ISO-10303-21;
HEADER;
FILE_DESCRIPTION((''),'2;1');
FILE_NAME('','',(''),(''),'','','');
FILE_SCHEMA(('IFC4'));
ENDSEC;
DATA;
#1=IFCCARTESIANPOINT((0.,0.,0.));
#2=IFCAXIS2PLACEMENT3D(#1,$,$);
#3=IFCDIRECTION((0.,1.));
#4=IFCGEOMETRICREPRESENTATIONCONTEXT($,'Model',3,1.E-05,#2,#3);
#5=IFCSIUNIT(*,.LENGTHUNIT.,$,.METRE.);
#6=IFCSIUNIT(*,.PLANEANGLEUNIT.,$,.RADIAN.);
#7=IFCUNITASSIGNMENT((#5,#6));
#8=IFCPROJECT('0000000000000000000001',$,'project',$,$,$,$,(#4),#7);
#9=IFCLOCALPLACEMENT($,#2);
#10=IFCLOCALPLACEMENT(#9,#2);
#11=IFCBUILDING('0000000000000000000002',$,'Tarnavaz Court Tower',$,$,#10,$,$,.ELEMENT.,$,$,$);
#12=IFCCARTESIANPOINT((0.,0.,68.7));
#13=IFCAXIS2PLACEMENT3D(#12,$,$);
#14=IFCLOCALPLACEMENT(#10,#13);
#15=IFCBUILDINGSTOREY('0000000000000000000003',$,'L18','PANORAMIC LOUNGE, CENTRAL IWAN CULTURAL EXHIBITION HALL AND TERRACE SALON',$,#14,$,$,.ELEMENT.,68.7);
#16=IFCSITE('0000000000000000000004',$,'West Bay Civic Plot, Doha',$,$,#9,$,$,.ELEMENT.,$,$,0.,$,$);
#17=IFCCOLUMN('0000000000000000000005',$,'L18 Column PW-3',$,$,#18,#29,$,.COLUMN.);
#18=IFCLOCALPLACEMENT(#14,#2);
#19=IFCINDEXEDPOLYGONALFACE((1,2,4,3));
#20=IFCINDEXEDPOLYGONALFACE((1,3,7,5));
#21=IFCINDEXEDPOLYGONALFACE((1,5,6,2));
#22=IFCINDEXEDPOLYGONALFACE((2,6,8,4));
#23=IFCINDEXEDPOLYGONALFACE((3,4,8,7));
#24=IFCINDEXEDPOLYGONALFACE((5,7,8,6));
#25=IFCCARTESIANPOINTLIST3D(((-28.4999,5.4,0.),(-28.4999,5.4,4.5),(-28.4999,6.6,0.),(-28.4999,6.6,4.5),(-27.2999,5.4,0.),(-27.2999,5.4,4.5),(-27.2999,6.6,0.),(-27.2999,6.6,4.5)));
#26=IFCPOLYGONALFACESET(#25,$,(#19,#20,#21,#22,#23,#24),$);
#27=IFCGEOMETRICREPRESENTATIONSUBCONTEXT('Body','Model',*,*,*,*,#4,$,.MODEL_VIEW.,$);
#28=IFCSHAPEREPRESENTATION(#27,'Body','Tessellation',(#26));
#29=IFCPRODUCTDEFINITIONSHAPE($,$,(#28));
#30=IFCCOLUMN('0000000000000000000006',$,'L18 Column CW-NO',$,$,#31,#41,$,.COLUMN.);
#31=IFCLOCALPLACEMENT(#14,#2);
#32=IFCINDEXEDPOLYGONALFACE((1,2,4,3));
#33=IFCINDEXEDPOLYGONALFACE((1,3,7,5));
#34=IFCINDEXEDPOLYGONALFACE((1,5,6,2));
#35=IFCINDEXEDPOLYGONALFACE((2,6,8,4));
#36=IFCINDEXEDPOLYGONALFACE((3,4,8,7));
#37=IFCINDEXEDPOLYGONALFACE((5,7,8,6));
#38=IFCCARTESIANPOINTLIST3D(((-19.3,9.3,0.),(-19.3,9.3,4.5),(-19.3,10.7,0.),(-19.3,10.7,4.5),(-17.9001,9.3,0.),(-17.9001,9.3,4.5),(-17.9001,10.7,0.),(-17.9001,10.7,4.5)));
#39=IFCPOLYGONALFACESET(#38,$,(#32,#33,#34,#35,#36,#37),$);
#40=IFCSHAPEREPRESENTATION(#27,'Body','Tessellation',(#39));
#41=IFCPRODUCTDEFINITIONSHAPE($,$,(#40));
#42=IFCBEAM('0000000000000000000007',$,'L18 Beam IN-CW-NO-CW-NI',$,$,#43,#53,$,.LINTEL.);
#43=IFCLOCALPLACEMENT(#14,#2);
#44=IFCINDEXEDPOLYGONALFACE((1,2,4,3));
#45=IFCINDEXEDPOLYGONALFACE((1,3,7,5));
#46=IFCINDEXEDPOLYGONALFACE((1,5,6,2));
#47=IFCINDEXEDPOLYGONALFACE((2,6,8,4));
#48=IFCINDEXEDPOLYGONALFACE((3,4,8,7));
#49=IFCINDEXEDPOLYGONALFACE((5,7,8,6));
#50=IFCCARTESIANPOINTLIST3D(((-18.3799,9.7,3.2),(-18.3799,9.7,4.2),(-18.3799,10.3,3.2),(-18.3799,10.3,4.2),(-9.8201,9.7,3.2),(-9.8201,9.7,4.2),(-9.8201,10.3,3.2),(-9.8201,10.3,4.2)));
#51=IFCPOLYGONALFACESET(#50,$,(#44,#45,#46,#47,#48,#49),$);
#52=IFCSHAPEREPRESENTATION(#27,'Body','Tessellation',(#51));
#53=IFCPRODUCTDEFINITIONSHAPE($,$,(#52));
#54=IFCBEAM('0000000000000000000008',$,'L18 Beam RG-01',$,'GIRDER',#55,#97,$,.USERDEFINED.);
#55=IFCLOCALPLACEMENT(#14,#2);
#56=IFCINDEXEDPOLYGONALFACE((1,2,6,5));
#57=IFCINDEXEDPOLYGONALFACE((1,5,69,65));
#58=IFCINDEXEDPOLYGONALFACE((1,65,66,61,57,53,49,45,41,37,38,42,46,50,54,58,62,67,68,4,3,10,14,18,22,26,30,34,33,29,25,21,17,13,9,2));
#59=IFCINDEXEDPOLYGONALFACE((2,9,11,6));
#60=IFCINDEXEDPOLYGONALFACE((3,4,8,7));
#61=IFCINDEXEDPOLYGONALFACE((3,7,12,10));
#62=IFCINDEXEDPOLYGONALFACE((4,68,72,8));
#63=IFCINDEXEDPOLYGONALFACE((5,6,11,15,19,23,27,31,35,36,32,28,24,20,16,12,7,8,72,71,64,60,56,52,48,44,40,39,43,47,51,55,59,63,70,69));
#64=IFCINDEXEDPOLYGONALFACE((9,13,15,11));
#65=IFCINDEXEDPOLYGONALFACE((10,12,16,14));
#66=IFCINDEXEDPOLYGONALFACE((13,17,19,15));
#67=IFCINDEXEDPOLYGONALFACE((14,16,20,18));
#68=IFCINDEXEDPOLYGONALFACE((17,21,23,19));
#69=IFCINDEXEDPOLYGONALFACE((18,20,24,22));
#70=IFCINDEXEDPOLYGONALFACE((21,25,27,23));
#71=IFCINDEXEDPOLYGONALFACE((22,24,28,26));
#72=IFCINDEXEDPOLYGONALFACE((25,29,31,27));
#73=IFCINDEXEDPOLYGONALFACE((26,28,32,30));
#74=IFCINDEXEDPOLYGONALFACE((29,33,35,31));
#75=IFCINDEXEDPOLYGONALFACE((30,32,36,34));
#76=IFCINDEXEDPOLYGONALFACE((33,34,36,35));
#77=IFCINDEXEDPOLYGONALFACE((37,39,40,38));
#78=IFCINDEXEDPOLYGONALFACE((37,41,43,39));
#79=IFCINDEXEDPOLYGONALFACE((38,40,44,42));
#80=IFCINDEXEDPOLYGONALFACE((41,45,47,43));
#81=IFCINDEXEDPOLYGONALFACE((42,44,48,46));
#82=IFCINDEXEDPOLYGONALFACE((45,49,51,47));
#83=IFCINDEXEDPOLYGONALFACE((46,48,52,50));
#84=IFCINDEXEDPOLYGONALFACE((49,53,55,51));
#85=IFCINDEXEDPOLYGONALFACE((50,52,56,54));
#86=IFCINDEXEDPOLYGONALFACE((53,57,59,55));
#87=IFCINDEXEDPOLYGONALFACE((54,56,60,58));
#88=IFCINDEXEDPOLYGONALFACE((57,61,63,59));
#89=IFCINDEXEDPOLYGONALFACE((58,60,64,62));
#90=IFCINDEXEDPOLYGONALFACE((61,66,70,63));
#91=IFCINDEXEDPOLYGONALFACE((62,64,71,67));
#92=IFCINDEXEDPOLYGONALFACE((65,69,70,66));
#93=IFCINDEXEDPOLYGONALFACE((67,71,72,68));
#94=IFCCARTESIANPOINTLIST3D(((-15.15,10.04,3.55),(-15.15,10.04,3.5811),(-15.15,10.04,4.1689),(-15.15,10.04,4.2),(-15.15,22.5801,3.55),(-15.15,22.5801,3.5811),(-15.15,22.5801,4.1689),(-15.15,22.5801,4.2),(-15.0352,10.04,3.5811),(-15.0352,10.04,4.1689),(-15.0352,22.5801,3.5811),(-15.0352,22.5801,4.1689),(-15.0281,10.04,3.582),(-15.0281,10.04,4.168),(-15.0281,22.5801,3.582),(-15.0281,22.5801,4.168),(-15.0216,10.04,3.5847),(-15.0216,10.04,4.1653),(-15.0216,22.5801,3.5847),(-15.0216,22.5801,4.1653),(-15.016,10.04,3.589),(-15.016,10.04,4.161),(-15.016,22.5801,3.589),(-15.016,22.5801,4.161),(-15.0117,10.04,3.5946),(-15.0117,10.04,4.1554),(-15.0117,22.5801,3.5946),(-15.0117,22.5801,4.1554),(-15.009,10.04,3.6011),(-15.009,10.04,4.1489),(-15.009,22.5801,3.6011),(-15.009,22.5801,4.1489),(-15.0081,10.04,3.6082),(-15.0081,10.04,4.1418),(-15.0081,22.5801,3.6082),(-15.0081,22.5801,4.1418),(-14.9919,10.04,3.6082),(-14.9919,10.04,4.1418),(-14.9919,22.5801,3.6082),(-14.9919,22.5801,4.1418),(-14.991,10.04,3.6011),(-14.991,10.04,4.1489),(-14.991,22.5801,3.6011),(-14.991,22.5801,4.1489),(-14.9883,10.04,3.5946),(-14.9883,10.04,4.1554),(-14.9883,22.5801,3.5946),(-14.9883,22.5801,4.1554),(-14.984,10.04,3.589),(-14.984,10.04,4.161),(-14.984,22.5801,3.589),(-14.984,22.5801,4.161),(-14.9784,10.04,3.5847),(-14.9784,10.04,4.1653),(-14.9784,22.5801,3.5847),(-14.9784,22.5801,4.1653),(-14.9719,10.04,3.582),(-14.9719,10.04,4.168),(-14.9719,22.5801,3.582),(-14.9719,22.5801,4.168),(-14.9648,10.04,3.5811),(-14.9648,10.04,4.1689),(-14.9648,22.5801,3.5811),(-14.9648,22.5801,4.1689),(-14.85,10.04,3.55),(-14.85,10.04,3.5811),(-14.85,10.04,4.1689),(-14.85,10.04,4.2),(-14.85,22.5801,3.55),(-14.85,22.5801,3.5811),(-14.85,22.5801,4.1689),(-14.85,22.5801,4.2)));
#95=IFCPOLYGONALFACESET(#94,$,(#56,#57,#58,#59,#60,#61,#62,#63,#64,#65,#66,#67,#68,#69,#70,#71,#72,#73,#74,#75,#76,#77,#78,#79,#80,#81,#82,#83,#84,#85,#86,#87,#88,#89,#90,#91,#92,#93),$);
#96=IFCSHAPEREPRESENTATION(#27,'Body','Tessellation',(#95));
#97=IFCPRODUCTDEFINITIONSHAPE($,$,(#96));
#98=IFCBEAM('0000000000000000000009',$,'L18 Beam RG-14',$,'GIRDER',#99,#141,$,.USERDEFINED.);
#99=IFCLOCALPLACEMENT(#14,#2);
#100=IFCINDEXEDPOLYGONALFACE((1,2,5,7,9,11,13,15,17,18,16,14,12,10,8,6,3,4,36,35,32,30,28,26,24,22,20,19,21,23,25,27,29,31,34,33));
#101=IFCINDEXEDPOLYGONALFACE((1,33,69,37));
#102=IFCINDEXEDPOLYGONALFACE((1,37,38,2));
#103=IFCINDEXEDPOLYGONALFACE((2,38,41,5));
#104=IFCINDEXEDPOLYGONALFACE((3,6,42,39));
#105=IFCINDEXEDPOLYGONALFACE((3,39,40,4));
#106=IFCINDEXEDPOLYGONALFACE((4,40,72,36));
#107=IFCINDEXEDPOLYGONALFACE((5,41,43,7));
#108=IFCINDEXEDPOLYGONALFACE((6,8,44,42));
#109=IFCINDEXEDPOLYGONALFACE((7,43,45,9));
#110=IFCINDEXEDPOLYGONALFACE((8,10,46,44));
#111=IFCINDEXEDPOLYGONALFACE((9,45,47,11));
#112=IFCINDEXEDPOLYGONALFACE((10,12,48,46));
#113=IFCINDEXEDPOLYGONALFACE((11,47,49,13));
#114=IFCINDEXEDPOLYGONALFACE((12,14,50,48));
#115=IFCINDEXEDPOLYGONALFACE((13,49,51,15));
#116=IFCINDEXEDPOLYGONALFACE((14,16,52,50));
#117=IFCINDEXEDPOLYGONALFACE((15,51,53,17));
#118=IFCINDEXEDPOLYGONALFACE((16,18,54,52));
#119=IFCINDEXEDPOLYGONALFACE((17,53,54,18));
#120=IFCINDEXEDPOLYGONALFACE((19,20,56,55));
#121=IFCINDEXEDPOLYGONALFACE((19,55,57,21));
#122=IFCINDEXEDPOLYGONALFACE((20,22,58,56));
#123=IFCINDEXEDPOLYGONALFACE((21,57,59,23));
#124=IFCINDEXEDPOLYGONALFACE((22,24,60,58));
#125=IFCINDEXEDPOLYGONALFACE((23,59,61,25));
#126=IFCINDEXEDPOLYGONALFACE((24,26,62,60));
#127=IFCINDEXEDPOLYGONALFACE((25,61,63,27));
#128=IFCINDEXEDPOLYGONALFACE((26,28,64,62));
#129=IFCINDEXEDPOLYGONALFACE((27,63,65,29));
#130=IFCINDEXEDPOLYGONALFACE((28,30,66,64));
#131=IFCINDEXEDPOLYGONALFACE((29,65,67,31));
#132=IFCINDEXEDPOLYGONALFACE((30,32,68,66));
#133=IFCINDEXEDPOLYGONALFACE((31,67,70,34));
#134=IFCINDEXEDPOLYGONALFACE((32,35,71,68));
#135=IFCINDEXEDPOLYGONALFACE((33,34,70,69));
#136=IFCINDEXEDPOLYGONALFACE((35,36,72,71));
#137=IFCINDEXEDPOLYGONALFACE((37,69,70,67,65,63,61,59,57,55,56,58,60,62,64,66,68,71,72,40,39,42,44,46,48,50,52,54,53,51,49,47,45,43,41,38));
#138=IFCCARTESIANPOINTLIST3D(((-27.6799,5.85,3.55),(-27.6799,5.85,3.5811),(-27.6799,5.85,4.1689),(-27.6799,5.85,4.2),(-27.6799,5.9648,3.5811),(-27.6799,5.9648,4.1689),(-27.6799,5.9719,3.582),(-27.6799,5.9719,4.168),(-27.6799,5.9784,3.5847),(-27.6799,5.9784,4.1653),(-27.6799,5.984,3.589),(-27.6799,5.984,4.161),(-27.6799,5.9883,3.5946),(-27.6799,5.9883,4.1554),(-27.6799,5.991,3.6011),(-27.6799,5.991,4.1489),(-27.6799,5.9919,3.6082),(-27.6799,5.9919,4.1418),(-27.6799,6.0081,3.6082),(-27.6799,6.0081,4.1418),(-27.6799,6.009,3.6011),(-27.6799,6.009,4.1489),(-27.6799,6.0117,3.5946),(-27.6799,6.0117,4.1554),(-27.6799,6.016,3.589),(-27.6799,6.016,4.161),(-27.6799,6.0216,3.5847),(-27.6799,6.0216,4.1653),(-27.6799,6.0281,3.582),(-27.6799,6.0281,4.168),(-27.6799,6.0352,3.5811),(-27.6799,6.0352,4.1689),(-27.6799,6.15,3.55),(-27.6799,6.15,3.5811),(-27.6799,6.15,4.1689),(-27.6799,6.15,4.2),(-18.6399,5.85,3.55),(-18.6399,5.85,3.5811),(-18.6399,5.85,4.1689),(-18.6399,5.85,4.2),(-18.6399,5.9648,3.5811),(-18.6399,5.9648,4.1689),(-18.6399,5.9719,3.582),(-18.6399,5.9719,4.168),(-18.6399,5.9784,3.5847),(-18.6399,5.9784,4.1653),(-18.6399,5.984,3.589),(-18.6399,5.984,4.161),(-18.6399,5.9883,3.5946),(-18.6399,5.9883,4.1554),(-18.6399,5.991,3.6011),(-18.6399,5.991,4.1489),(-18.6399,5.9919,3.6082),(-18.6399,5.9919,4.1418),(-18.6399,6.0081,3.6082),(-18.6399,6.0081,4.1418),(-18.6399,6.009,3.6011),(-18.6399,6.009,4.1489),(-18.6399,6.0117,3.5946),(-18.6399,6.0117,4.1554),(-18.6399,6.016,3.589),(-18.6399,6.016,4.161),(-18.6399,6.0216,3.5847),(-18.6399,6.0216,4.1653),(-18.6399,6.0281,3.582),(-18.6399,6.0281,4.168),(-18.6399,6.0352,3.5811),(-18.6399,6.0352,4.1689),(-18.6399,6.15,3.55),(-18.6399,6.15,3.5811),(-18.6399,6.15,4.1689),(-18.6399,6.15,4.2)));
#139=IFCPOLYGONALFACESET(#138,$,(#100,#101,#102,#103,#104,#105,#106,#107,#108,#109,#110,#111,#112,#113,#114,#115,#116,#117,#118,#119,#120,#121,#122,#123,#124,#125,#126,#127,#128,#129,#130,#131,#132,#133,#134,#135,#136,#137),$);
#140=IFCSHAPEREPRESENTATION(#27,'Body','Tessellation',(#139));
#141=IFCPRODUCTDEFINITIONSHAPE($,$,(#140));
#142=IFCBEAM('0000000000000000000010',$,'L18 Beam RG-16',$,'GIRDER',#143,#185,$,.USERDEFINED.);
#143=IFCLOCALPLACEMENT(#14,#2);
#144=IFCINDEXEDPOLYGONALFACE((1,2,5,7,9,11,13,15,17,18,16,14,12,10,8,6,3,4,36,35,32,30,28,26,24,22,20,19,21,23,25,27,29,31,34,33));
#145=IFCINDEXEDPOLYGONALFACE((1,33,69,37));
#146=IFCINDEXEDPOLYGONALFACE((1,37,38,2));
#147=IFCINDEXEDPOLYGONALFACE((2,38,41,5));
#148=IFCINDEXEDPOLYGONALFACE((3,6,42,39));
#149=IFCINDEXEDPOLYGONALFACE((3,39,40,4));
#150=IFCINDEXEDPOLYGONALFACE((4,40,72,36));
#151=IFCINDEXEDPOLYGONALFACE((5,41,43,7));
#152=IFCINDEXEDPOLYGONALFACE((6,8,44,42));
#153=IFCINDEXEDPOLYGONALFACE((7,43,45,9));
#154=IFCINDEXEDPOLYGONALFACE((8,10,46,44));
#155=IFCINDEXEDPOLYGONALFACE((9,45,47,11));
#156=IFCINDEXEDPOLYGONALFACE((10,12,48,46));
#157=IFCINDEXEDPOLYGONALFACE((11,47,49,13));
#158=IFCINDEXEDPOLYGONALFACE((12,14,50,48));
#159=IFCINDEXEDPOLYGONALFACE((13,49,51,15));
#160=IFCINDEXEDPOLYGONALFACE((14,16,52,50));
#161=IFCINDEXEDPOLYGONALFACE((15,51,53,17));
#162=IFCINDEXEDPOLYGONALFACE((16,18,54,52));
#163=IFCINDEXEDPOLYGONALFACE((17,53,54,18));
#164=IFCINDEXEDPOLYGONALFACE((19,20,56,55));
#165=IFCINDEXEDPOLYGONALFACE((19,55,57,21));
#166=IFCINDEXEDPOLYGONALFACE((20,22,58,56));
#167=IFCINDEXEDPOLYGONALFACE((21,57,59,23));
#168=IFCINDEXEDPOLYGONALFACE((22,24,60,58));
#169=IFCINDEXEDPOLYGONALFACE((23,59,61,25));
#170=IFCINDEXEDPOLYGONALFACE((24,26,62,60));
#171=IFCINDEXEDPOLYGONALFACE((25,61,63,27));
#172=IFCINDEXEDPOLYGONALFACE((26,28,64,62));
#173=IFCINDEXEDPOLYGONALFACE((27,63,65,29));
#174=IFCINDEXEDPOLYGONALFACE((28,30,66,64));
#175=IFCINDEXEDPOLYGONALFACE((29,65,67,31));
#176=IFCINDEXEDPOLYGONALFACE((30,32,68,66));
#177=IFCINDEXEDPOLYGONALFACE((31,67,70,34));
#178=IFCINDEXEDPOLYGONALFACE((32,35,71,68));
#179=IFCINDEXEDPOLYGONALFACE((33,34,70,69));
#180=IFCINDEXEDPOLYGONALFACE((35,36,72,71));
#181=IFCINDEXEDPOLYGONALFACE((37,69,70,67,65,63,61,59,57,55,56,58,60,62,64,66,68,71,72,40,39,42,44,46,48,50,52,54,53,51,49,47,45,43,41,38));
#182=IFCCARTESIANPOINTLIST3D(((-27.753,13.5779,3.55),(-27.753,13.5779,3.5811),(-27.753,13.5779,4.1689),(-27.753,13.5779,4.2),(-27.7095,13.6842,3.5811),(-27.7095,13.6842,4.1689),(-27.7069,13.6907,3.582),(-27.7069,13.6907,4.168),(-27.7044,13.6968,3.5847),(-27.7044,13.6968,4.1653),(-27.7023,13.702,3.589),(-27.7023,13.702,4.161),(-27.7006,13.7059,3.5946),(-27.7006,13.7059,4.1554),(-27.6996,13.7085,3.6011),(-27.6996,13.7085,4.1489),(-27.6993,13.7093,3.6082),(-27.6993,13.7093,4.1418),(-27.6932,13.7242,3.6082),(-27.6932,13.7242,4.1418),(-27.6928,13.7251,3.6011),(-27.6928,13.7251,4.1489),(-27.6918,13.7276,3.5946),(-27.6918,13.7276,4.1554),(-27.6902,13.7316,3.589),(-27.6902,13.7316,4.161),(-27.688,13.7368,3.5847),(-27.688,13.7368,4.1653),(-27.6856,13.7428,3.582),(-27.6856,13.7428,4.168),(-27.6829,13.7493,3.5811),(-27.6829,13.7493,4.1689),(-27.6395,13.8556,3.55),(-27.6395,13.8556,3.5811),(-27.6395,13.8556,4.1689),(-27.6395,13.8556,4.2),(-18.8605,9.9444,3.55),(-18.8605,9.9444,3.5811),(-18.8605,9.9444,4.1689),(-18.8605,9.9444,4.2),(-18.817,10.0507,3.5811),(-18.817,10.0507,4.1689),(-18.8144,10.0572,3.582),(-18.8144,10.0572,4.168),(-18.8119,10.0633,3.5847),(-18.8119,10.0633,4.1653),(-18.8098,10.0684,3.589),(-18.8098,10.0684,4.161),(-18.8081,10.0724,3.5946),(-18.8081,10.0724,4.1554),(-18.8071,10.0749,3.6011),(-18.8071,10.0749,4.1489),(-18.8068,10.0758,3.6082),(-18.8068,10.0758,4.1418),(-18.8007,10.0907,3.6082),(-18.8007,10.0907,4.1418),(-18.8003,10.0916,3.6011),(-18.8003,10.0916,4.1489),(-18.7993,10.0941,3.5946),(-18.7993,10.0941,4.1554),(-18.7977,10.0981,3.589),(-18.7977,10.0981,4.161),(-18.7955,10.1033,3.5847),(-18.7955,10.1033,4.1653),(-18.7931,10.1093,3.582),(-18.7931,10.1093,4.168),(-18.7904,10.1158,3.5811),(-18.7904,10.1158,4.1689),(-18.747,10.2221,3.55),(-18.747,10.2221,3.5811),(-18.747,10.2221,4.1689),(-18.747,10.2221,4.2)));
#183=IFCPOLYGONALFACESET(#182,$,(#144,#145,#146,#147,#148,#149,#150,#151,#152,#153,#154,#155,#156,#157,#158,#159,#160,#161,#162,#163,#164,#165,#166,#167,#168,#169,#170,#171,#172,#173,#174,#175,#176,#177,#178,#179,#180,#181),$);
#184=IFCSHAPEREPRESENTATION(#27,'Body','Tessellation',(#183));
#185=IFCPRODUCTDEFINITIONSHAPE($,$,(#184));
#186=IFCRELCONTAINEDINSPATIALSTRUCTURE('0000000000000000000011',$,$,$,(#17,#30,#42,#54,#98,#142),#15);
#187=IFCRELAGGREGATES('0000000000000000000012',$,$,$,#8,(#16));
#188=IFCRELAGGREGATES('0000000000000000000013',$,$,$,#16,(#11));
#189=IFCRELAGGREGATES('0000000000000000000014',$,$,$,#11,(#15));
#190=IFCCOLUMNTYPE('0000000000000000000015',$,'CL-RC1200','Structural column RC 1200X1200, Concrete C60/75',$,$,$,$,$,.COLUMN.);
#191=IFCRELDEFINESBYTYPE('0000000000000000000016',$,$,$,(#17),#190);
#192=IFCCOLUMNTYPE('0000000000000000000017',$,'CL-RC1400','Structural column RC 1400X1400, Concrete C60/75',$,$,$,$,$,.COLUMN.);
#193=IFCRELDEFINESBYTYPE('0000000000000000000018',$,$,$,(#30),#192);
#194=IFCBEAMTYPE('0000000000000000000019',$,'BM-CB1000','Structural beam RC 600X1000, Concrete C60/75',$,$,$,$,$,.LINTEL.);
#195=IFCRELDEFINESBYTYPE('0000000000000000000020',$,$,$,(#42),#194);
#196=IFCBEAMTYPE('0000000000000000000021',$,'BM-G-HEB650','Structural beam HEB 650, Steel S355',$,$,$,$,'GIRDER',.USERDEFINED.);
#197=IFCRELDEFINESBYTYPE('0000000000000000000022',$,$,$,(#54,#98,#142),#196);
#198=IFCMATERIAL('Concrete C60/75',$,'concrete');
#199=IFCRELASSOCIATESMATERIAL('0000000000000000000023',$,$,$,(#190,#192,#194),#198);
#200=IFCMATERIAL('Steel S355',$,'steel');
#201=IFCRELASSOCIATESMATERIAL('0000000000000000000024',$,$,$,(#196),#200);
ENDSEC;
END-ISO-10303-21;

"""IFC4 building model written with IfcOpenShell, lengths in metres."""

from ifc_helpers import new_model, si_unit, direction, frame, origin, origin_2d, place, context, subcontext, project, spatial, rectangle, i_section, extrude, material, material_profile, profile_set, type_object, element, save


model = new_model("IFC4")

# Units and contexts
model_context = context("Model", 3, precision=1e-05, world=origin(), true_north=direction((0.0, 1.0)))
body_context = subcontext(model_context, "Body", "Model", "MODEL_VIEW")
ifc_project = project(units=[si_unit("LENGTHUNIT", "METRE"), si_unit("PLANEANGLEUNIT", "RADIAN")], contexts=[model_context])

# Site, building, storey
site_placement = place(None, origin())
site = spatial("IfcSite", under=ifc_project, at=site_placement, Name="West Bay Civic Plot, Doha", CompositionType="ELEMENT", RefElevation=0.0)
building_placement = place(site_placement, origin())
building = spatial("IfcBuilding", under=site, at=building_placement, Name="Tarnavaz Court Tower", CompositionType="ELEMENT")
storey_placement = place(building_placement, frame((0.0, 0.0, 68.7)))
storey = spatial("IfcBuildingStorey", under=building, at=storey_placement, Name="L18", Description="PANORAMIC LOUNGE, CENTRAL IWAN CULTURAL EXHIBITION HALL AND TERRACE SALON", CompositionType="ELEMENT", Elevation=68.7)

# Columns
ifc_material_1 = material(Name="Concrete C60/75", Category="concrete")
ifc_material_profile_1 = material_profile(ifc_material_1, rectangle(XDim=1.2, YDim=1.2, at=origin_2d()), Name="RC 1200X1200")
ifc_profile_set_1 = profile_set([ifc_material_profile_1], Name="Concrete C60/75")
column_type_1 = type_object("IfcColumnType", Name="CL-RC1200", Description="Structural column RC 1200X1200, Concrete C60/75", PredefinedType="COLUMN", material=ifc_profile_set_1)
column_1_placement = place(storey_placement, frame((-27.8999, 6.0, 0.0), z_axis=(0.0, 0.0, 1.0), x_axis=(1.0, 0.0, 0.0)))
element("IfcColumn", 1, at=column_1_placement, inside=storey, type_object=column_type_1, Name="L18 Column PW-3", PredefinedType="COLUMN", context=body_context, shape_type="SweptSolid", body=[
    extrude(rectangle(XDim=1.2, YDim=1.2, at=origin_2d()), origin(), (0.0, 0.0, 1.0), 4.5),
])
ifc_material_profile_2 = material_profile(ifc_material_1, rectangle(XDim=1.3999, YDim=1.3999, at=origin_2d()), Name="RC 1400X1400")
ifc_profile_set_2 = profile_set([ifc_material_profile_2], Name="Concrete C60/75")
column_type_2 = type_object("IfcColumnType", Name="CL-RC1400", Description="Structural column RC 1400X1400, Concrete C60/75", PredefinedType="COLUMN", material=ifc_profile_set_2)
column_2_placement = place(storey_placement, frame((-18.6001, 10.0, 0.0), z_axis=(0.0, 0.0, 1.0), x_axis=(1.0, 0.0, 0.0)))
element("IfcColumn", 2, at=column_2_placement, inside=storey, type_object=column_type_2, Name="L18 Column CW-NO", PredefinedType="COLUMN", context=body_context, shape_type="SweptSolid", body=[
    extrude(rectangle(XDim=1.3999, YDim=1.3999, at=origin_2d()), origin(), (0.0, 0.0, 1.0), 4.5),
])

# Beams
ifc_material_profile_3 = material_profile(ifc_material_1, rectangle(XDim=0.6001, YDim=1.0, at=origin_2d()), Name="RC 600X1000")
ifc_profile_set_3 = profile_set([ifc_material_profile_3], Name="Concrete C60/75")
beam_type_1 = type_object("IfcBeamType", Name="BM-CB1000", Description="Structural beam RC 600X1000, Concrete C60/75", PredefinedType="LINTEL", material=ifc_profile_set_3)
beam_1_placement = place(storey_placement, frame((-18.3799, 10.0, 3.7), z_axis=(1.0, 0.0, 0.0), x_axis=(0.0, 1.0, 0.0)))
element("IfcBeam", 3, at=beam_1_placement, inside=storey, type_object=beam_type_1, Name="L18 Beam IN-CW-NO-CW-NI", PredefinedType="LINTEL", context=body_context, shape_type="SweptSolid", body=[
    extrude(rectangle(XDim=0.6001, YDim=1.0, at=origin_2d()), origin(), (0.0, 0.0, 1.0), 8.5598),
])
ifc_material_2 = material(Name="Steel S355", Category="steel")
ifc_material_profile_4 = material_profile(ifc_material_2, i_section(OverallWidth=0.3, OverallDepth=0.6499, WebThickness=0.0161, FlangeThickness=0.031, FilletRadius=0.0271, at=origin_2d()), Name="HEB 650")
ifc_profile_set_4 = profile_set([ifc_material_profile_4], Name="Steel S355")
beam_type_2 = type_object("IfcBeamType", Name="BM-G-HEB650", Description="Structural beam HEB 650, Steel S355", ElementType="GIRDER", PredefinedType="USERDEFINED", material=ifc_profile_set_4)
beam_2_placement = place(storey_placement, frame((-15.0, 10.04, 3.875), z_axis=(0.0, 1.0, 0.0), x_axis=(-1.0, 0.0, 0.0)))
element("IfcBeam", 4, at=beam_2_placement, inside=storey, type_object=beam_type_2, Name="L18 Beam RG-01", ObjectType="GIRDER", PredefinedType="USERDEFINED", context=body_context, shape_type="SweptSolid", body=[
    extrude(i_section(OverallWidth=0.3, OverallDepth=0.6499, WebThickness=0.0161, FlangeThickness=0.031, FilletRadius=0.0271, at=origin_2d()), origin(), (0.0, 0.0, 1.0), 12.54),
])
beam_3_placement = place(storey_placement, frame((-18.6399, 6.0, 3.875), z_axis=(-1.0, 0.0, 0.0), x_axis=(0.0, -1.0, 0.0)))
element("IfcBeam", 5, at=beam_3_placement, inside=storey, type_object=beam_type_2, Name="L18 Beam RG-14", ObjectType="GIRDER", PredefinedType="USERDEFINED", context=body_context, shape_type="SweptSolid", body=[
    extrude(i_section(OverallWidth=0.3, OverallDepth=0.6499, WebThickness=0.0161, FlangeThickness=0.031, FilletRadius=0.0271, at=origin_2d()), origin(), (0.0, 0.0, 1.0), 9.04),
])
beam_4_placement = place(storey_placement, frame((-18.8037, 10.0833, 3.875), z_axis=(-0.925705, 0.378247, 0.0), x_axis=(-0.378247, -0.925705, 0.0)))
element("IfcBeam", 6, at=beam_4_placement, inside=storey, type_object=beam_type_2, Name="L18 Beam RG-16", ObjectType="GIRDER", PredefinedType="USERDEFINED", context=body_context, shape_type="SweptSolid", body=[
    extrude(i_section(OverallWidth=0.3, OverallDepth=0.6499, WebThickness=0.0161, FlangeThickness=0.031, FilletRadius=0.0271, at=origin_2d()), origin(), (0.0, 0.0, 1.0), 9.6062),
])

save(model, "model.ifc")
